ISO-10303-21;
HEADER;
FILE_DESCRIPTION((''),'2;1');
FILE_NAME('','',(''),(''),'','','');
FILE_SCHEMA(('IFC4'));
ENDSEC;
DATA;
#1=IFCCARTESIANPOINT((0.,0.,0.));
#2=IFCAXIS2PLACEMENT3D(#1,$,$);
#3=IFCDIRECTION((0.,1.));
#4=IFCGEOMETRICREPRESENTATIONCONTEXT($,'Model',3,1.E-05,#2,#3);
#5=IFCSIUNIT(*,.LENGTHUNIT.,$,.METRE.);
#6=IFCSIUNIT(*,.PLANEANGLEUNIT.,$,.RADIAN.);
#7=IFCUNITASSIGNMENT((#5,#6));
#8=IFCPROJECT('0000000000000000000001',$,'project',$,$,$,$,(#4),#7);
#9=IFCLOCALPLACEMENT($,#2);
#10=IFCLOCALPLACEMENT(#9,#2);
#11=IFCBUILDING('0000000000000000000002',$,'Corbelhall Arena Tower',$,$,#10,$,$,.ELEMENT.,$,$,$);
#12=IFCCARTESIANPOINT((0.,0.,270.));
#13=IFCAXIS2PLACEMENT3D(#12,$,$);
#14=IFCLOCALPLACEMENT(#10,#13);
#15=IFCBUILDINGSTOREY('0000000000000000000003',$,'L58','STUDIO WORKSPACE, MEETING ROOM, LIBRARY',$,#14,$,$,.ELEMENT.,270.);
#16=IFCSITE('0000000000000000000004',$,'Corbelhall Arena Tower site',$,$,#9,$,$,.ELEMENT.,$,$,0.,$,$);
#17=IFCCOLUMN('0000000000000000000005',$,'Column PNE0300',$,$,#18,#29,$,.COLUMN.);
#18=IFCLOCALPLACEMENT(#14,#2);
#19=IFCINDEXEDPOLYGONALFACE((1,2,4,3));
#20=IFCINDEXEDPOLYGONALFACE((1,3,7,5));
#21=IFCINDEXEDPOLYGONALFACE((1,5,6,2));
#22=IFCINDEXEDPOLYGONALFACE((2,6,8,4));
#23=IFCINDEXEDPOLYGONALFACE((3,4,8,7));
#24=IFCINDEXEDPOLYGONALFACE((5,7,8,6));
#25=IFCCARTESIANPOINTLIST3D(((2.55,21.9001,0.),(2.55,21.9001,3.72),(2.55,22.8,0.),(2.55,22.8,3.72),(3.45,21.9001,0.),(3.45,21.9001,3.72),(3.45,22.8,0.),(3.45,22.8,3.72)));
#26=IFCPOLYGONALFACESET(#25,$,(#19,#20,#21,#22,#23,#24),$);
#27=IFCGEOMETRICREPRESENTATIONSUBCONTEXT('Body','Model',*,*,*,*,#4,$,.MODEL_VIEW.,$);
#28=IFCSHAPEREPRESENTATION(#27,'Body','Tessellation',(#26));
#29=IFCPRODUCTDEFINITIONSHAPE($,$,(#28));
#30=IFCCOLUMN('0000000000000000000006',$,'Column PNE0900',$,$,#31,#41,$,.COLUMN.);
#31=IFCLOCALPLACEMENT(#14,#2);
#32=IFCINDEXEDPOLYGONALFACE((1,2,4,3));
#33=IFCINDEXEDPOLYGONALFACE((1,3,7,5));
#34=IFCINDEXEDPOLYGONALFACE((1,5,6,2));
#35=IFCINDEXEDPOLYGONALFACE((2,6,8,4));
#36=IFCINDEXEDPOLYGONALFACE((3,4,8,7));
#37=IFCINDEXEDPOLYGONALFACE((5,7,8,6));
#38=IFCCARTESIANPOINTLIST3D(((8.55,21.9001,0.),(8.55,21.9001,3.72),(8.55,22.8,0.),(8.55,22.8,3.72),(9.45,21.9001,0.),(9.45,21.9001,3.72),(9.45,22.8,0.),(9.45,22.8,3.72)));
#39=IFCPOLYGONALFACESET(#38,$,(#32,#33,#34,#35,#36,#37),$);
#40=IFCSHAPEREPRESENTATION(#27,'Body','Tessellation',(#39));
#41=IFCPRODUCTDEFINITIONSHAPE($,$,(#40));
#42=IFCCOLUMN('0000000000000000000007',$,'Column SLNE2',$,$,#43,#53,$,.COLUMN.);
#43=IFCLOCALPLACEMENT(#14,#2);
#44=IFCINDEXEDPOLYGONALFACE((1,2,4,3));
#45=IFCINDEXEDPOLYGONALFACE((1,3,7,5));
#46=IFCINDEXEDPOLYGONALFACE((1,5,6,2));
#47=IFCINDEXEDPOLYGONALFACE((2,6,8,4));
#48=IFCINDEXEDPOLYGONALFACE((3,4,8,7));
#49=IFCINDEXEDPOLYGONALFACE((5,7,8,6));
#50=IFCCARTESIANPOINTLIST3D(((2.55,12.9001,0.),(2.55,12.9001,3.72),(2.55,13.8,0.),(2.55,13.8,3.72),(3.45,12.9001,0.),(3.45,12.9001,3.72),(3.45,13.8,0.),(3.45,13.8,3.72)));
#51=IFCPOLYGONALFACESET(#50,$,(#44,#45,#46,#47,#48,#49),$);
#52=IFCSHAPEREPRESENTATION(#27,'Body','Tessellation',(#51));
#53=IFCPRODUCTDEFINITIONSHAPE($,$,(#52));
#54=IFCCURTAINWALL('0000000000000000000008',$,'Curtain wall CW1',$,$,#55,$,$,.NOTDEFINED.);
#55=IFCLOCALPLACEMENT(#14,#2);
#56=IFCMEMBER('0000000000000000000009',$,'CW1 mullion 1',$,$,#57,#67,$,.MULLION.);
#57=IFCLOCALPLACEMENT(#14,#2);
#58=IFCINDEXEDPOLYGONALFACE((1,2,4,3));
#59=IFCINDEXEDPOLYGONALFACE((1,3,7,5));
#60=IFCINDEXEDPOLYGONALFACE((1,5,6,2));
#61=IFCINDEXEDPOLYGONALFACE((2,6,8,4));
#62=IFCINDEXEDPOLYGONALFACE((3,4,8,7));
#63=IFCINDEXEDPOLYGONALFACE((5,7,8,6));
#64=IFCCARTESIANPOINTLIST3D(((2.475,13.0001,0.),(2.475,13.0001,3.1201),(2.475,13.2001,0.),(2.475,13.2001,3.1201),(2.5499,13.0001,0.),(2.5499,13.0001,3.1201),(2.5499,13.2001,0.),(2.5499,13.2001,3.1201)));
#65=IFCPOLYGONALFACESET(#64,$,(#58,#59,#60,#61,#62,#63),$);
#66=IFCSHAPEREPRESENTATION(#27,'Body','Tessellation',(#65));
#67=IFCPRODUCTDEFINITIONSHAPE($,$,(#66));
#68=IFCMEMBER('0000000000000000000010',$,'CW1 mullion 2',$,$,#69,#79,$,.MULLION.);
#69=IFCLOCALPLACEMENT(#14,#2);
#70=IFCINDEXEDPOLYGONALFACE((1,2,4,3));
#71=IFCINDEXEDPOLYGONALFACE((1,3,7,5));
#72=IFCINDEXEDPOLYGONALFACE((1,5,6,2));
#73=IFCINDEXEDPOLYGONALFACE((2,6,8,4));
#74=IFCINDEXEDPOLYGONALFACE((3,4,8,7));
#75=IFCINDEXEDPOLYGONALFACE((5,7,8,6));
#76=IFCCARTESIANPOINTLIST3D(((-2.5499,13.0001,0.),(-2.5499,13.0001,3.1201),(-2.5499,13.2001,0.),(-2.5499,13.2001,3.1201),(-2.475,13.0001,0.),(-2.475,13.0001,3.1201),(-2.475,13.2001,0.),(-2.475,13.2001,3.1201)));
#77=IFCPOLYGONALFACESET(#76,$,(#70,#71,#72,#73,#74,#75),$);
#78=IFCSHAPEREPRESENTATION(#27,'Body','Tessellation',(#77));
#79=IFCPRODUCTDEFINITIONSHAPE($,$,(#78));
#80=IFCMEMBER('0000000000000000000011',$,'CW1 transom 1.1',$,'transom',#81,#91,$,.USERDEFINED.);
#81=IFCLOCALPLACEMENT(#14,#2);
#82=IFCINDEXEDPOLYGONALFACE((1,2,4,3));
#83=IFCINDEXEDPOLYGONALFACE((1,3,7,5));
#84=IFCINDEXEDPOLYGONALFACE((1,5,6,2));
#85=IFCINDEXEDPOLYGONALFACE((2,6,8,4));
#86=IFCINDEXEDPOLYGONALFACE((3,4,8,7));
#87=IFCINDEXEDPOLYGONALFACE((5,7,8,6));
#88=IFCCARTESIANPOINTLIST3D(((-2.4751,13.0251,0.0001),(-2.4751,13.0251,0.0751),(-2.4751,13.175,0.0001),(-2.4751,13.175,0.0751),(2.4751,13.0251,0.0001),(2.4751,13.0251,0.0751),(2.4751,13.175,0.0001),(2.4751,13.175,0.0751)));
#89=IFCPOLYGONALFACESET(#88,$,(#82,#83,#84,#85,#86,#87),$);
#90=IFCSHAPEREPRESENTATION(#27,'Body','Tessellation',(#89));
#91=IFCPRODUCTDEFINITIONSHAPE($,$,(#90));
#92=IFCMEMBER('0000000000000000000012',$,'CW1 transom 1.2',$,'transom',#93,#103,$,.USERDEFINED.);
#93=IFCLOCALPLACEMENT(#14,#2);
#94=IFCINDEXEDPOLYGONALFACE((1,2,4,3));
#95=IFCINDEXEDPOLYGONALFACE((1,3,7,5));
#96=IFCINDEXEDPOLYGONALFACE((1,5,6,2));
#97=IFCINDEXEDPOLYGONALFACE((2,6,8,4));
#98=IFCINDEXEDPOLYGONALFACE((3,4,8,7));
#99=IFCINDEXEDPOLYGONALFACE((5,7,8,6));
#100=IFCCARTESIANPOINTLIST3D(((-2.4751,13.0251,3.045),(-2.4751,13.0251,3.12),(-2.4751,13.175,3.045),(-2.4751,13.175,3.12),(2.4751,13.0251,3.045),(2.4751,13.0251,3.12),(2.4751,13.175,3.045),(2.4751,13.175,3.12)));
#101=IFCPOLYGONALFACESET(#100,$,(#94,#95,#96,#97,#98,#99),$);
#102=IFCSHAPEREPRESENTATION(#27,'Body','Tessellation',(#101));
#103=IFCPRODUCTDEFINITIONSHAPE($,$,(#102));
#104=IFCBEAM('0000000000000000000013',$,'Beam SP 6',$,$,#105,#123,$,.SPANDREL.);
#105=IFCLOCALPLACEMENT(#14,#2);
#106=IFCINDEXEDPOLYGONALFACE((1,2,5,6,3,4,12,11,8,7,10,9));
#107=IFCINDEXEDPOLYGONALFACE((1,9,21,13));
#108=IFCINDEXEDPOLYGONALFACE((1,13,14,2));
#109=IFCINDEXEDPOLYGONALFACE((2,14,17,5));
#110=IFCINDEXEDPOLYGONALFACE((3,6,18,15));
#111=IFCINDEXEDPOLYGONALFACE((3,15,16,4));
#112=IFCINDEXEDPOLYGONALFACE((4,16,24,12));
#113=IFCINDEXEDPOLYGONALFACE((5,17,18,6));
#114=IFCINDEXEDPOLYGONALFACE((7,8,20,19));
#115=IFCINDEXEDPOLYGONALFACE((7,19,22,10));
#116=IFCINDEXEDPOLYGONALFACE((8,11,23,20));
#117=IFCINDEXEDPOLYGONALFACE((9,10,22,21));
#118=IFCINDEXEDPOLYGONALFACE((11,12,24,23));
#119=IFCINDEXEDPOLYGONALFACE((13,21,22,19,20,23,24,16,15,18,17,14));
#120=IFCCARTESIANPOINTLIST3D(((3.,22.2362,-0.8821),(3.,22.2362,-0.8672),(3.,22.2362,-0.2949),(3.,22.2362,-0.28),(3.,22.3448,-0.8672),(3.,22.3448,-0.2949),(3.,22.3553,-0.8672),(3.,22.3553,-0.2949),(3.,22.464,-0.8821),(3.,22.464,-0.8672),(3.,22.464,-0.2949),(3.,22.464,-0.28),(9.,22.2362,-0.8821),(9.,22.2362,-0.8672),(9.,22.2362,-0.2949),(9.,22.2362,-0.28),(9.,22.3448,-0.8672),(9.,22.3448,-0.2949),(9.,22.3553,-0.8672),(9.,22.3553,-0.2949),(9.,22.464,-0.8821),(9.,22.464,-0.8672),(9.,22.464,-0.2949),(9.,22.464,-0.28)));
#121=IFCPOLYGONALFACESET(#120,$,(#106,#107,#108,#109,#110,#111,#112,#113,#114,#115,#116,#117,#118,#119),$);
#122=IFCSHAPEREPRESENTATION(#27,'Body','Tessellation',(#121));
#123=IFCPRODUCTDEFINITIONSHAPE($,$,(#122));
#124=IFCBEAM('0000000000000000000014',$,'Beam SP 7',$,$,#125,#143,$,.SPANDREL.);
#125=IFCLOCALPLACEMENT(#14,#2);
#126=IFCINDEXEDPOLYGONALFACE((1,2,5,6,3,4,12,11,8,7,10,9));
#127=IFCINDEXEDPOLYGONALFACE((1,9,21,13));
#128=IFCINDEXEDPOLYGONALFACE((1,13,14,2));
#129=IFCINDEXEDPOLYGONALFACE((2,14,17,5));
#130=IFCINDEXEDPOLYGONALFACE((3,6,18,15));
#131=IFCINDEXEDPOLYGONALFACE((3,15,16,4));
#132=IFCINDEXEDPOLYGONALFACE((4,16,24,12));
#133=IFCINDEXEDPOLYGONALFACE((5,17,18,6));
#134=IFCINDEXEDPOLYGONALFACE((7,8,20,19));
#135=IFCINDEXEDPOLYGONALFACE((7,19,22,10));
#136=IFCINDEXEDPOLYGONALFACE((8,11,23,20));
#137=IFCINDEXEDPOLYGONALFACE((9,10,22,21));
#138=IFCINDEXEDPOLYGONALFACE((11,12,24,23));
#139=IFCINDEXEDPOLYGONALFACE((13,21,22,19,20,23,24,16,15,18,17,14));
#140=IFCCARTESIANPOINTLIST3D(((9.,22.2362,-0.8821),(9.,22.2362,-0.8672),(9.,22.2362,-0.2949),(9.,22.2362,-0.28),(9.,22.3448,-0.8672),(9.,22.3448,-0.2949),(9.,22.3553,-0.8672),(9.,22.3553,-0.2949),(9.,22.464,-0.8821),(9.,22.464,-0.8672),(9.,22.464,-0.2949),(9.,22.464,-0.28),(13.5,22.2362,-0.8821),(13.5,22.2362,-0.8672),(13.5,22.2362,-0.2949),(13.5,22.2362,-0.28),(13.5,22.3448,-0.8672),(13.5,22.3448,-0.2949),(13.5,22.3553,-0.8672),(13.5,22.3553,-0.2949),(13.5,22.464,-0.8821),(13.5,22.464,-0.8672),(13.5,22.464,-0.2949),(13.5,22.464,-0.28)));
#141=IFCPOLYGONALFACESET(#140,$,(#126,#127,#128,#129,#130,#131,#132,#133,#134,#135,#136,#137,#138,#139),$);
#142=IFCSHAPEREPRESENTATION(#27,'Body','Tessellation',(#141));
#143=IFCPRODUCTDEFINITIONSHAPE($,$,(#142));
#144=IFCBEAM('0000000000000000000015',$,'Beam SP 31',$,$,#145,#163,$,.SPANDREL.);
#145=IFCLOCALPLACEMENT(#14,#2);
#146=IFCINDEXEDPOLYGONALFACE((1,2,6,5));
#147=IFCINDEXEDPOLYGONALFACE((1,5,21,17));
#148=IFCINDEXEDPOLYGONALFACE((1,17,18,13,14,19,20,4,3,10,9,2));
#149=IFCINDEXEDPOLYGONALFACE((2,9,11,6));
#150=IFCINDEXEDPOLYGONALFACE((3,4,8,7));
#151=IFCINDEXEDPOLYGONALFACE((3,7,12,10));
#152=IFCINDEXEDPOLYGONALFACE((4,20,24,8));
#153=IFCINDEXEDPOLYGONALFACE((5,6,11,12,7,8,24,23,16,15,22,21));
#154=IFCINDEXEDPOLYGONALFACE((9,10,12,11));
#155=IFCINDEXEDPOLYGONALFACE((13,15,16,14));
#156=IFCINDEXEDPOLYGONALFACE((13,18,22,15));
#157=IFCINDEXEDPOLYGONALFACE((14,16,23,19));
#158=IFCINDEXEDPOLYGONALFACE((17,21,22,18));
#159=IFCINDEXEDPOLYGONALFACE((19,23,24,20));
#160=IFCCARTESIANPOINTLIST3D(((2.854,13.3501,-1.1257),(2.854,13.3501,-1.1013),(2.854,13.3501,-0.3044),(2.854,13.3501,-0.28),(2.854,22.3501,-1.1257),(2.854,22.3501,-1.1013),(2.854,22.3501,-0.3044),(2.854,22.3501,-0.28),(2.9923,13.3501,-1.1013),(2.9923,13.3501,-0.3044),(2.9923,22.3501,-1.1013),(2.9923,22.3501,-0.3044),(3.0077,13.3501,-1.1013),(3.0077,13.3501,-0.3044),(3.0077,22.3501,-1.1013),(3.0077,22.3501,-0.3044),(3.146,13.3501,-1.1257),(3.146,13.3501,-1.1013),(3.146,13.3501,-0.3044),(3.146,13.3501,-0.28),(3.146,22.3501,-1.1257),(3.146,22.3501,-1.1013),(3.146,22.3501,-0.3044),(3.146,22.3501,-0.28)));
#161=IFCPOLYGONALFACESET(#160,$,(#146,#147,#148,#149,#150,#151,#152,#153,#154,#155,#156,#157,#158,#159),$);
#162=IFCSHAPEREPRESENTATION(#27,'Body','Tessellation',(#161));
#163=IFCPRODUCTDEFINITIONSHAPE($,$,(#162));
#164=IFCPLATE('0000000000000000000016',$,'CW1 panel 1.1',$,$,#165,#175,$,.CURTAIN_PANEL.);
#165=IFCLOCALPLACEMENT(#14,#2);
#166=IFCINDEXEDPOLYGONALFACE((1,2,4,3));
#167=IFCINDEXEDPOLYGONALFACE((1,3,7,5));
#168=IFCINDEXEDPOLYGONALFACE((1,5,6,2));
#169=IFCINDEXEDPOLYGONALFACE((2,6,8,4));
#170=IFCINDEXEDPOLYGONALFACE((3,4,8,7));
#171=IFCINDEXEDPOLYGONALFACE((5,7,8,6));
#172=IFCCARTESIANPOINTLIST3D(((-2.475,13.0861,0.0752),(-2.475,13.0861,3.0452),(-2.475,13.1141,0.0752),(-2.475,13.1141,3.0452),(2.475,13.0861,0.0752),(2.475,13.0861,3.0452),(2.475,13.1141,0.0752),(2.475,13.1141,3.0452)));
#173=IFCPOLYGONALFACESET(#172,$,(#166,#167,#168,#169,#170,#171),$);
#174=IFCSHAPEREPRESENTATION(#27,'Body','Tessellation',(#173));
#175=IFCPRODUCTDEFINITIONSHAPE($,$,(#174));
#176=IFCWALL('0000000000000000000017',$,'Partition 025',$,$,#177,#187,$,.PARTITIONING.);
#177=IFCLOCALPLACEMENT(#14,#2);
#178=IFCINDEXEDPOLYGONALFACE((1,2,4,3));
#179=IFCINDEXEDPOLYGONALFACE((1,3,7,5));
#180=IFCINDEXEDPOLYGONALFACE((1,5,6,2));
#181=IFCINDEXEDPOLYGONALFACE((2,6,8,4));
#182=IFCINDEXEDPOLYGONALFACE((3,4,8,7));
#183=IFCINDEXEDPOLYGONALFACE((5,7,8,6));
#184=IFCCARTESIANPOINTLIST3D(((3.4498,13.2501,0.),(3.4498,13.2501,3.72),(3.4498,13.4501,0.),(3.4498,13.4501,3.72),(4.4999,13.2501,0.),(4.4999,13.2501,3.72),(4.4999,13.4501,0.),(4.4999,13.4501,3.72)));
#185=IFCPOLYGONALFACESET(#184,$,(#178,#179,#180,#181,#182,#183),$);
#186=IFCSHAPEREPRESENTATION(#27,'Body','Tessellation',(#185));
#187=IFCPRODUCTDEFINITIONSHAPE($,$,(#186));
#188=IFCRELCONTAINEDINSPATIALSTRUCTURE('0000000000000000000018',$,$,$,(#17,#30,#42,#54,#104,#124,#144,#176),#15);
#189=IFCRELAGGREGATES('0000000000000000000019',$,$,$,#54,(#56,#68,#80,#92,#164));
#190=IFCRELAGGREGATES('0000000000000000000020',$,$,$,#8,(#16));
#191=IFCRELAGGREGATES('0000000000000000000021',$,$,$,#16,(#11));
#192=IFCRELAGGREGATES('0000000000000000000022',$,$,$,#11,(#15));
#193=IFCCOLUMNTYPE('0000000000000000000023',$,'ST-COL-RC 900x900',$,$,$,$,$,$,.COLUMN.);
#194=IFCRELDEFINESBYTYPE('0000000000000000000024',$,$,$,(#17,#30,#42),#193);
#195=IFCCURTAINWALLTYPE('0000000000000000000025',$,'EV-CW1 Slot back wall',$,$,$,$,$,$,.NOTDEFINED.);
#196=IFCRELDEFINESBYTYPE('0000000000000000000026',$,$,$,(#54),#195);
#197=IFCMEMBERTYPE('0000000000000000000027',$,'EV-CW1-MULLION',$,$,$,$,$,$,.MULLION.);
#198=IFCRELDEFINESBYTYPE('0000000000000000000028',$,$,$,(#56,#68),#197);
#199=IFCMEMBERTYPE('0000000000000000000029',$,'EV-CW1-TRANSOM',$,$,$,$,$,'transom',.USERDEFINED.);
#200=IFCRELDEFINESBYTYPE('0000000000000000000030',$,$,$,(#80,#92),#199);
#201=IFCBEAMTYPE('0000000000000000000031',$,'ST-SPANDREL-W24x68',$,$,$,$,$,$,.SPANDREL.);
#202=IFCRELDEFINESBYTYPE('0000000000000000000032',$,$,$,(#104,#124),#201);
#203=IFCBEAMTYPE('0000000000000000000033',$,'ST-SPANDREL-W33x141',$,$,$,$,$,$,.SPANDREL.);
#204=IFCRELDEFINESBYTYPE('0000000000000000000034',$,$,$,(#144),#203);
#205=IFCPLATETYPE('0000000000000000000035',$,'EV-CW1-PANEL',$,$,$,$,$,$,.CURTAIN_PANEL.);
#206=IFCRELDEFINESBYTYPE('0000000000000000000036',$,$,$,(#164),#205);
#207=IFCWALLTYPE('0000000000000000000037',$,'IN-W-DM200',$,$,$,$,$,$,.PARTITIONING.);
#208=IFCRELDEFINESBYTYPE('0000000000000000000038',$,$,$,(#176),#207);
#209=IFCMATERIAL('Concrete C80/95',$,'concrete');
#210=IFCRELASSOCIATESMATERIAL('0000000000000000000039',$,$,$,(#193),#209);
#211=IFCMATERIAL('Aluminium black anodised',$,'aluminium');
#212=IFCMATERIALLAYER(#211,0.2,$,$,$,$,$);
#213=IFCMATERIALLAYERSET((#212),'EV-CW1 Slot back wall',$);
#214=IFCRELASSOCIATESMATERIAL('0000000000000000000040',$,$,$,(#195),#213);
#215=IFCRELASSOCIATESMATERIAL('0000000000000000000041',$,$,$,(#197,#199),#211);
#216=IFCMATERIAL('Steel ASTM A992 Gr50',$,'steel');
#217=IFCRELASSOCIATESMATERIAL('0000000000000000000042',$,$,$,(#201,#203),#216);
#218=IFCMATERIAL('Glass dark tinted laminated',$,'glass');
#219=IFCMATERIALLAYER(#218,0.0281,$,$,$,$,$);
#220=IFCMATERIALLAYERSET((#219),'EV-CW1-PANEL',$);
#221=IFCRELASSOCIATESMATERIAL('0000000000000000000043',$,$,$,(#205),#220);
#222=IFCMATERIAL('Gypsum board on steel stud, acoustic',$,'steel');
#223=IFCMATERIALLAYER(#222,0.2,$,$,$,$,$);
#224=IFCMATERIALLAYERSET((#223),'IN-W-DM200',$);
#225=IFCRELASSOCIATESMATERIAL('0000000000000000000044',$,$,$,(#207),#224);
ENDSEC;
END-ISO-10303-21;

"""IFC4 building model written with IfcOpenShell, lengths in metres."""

from ifc_helpers import new_model, si_unit, direction, frame, frame_2d, origin, origin_2d, place, context, subcontext, project, spatial, rectangle, i_section, extrude, material, layer, layer_set, material_profile, profile_set, type_object, element, aggregate, save


model = new_model("IFC4")

# Units and contexts
model_context = context("Model", 3, precision=1e-05, world=origin(), true_north=direction((0.0, 1.0)))
body_context = subcontext(model_context, "Body", "Model", "MODEL_VIEW")
ifc_project = project(units=[si_unit("LENGTHUNIT", "METRE"), si_unit("PLANEANGLEUNIT", "RADIAN")], contexts=[model_context])

# Site, building, storey
site_placement = place(None, origin())
site = spatial("IfcSite", under=ifc_project, at=site_placement, Name="Corbelhall Arena Tower site", CompositionType="ELEMENT", RefElevation=0.0)
building_placement = place(site_placement, origin())
building = spatial("IfcBuilding", under=site, at=building_placement, Name="Corbelhall Arena Tower", CompositionType="ELEMENT")
storey_placement = place(building_placement, frame((0.0, 0.0, 270.0)))
storey = spatial("IfcBuildingStorey", under=building, at=storey_placement, Name="L58", Description="STUDIO WORKSPACE, MEETING ROOM, LIBRARY", CompositionType="ELEMENT", Elevation=270.0)

# Columns
ifc_material_1 = material(Name="Concrete C80/95", Category="concrete")
ifc_material_profile_1 = material_profile(ifc_material_1, rectangle(XDim=0.8999, YDim=0.8999, at=origin_2d()))
ifc_profile_set_1 = profile_set([ifc_material_profile_1], Name="Concrete C80/95")
column_type = type_object("IfcColumnType", Name="ST-COL-RC 900x900", PredefinedType="COLUMN", material=ifc_profile_set_1)
for number, where, z_axis, x_axis, name in (
    (1, (3.0, 22.3501, 0.0), (0.0, 0.0, 1.0), (1.0, 0.0, 0.0), "Column PNE0300"),
    (2, (9.0, 22.3501, 0.0), (0.0, 0.0, 1.0), (1.0, 0.0, 0.0), "Column PNE0900"),
    (3, (3.0, 13.3501, 0.0), (0.0, 0.0, 1.0), (1.0, 0.0, 0.0), "Column SLNE2"),
):
    element("IfcColumn", number, at=place(storey_placement, frame(where, z_axis=z_axis, x_axis=x_axis)), inside=storey, type_object=column_type, Name=name, PredefinedType="COLUMN", context=body_context, shape_type="SweptSolid", body=[
        extrude(rectangle(XDim=0.8999, YDim=0.8999, at=origin_2d()), origin(), (0.0, 0.0, 1.0), 3.72),
    ])

# Curtain wall, members
ifc_material_2 = material(Name="Aluminium black anodised", Category="aluminium")
ifc_layer_1 = layer(ifc_material_2, 0.2)
ifc_layer_set_1 = layer_set([ifc_layer_1], Name="EV-CW1 Slot back wall")
curtain_wall_type = type_object("IfcCurtainWallType", Name="EV-CW1 Slot back wall", PredefinedType="NOTDEFINED", material=ifc_layer_set_1)
curtain_wall_placement = place(storey_placement, origin())
curtain_wall = element("IfcCurtainWall", 4, at=curtain_wall_placement, inside=storey, type_object=curtain_wall_type, Name="Curtain wall CW1", PredefinedType="NOTDEFINED")
ifc_material_profile_2 = material_profile(ifc_material_2, rectangle(XDim=0.2, YDim=0.075, at=origin_2d()))
ifc_profile_set_2 = profile_set([ifc_material_profile_2], Name="Aluminium black anodised")
member_type_1 = type_object("IfcMemberType", Name="EV-CW1-MULLION", PredefinedType="MULLION", material=ifc_profile_set_2)
member_1_placement = place(storey_placement, frame((2.5125, 13.1001, 0.0), z_axis=(0.0, 0.0, 1.0), x_axis=(0.0, -1.0, 0.0)))
member_1 = element("IfcMember", 5, at=member_1_placement, type_object=member_type_1, Name="CW1 mullion 1", PredefinedType="MULLION", context=body_context, shape_type="SweptSolid", body=[
    extrude(rectangle(XDim=0.2, YDim=0.075, at=origin_2d()), origin(), (0.0, 0.0, 1.0), 3.1201),
])
member_2_placement = place(storey_placement, frame((-2.5125, 13.1001, 0.0), z_axis=(0.0, 0.0, 1.0), x_axis=(0.0, -1.0, 0.0)))
member_2 = element("IfcMember", 6, at=member_2_placement, type_object=member_type_1, Name="CW1 mullion 2", PredefinedType="MULLION", context=body_context, shape_type="SweptSolid", body=[
    extrude(rectangle(XDim=0.2, YDim=0.075, at=origin_2d()), origin(), (0.0, 0.0, 1.0), 3.1201),
])
ifc_material_profile_3 = material_profile(ifc_material_2, rectangle(XDim=0.1499, YDim=0.075, at=origin_2d()))
ifc_profile_set_3 = profile_set([ifc_material_profile_3], Name="Aluminium black anodised")
member_type_2 = type_object("IfcMemberType", Name="EV-CW1-TRANSOM", ElementType="transom", PredefinedType="USERDEFINED", material=ifc_profile_set_3)
member_3_placement = place(storey_placement, frame((2.4751, 13.1001, 0.0376), z_axis=(-1.0, 0.0, 0.0), x_axis=(0.0, -1.0, 0.0)))
member_3 = element("IfcMember", 7, at=member_3_placement, type_object=member_type_2, Name="CW1 transom 1.1", ObjectType="transom", PredefinedType="USERDEFINED", context=body_context, shape_type="SweptSolid", body=[
    extrude(rectangle(XDim=0.1499, YDim=0.075, at=origin_2d()), origin(), (0.0, 0.0, 1.0), 4.9502),
])
member_4_placement = place(storey_placement, frame((2.4751, 13.1001, 3.0825), z_axis=(-1.0, 0.0, 0.0), x_axis=(0.0, -1.0, 0.0)))
member_4 = element("IfcMember", 8, at=member_4_placement, type_object=member_type_2, Name="CW1 transom 1.2", ObjectType="transom", PredefinedType="USERDEFINED", context=body_context, shape_type="SweptSolid", body=[
    extrude(rectangle(XDim=0.1499, YDim=0.075, at=origin_2d()), origin(), (0.0, 0.0, 1.0), 4.9502),
])

# Beams
ifc_material_3 = material(Name="Steel ASTM A992 Gr50", Category="steel")
ifc_material_profile_4 = material_profile(ifc_material_3, i_section(OverallWidth=0.2278, OverallDepth=0.6021, WebThickness=0.0105, FlangeThickness=0.0149, at=origin_2d()))
ifc_profile_set_4 = profile_set([ifc_material_profile_4], Name="Steel ASTM A992 Gr50")
beam_type_1 = type_object("IfcBeamType", Name="ST-SPANDREL-W24x68", PredefinedType="SPANDREL", material=ifc_profile_set_4)
beam_1_placement = place(storey_placement, frame((3.0, 22.3501, -0.5811), z_axis=(1.0, 0.0, 0.0), x_axis=(0.0, 1.0, 0.0)))
element("IfcBeam", 9, at=beam_1_placement, inside=storey, type_object=beam_type_1, Name="Beam SP 6", PredefinedType="SPANDREL", context=body_context, shape_type="SweptSolid", body=[
    extrude(i_section(OverallWidth=0.2278, OverallDepth=0.6021, WebThickness=0.0105, FlangeThickness=0.0149, at=origin_2d()), origin(), (0.0, 0.0, 1.0), 6.0),
])
beam_2_placement = place(storey_placement, frame((9.0, 22.3501, -0.5811), z_axis=(1.0, 0.0, 0.0), x_axis=(0.0, 1.0, 0.0)))
element("IfcBeam", 10, at=beam_2_placement, inside=storey, type_object=beam_type_1, Name="Beam SP 7", PredefinedType="SPANDREL", context=body_context, shape_type="SweptSolid", body=[
    extrude(i_section(OverallWidth=0.2278, OverallDepth=0.6021, WebThickness=0.0105, FlangeThickness=0.0149, at=origin_2d()), origin(), (0.0, 0.0, 1.0), 4.5),
])
ifc_material_profile_5 = material_profile(ifc_material_3, i_section(OverallWidth=0.292, OverallDepth=0.8457, WebThickness=0.0154, FlangeThickness=0.0244, at=origin_2d()))
ifc_profile_set_5 = profile_set([ifc_material_profile_5], Name="Steel ASTM A992 Gr50")
beam_type_2 = type_object("IfcBeamType", Name="ST-SPANDREL-W33x141", PredefinedType="SPANDREL", material=ifc_profile_set_5)
beam_3_placement = place(storey_placement, frame((3.0, 13.3501, -0.7029), z_axis=(0.0, 1.0, 0.0), x_axis=(-1.0, 0.0, 0.0)))
element("IfcBeam", 11, at=beam_3_placement, inside=storey, type_object=beam_type_2, Name="Beam SP 31", PredefinedType="SPANDREL", context=body_context, shape_type="SweptSolid", body=[
    extrude(i_section(OverallWidth=0.292, OverallDepth=0.8457, WebThickness=0.0154, FlangeThickness=0.0244, at=origin_2d()), origin(), (0.0, 0.0, 1.0), 9.0),
])

# Plate
ifc_material_4 = material(Name="Glass dark tinted laminated", Category="glass")
ifc_layer_2 = layer(ifc_material_4, 0.0281)
ifc_layer_set_2 = layer_set([ifc_layer_2], Name="EV-CW1-PANEL")
plate_type = type_object("IfcPlateType", Name="EV-CW1-PANEL", PredefinedType="CURTAIN_PANEL", material=ifc_layer_set_2)
plate_placement = place(storey_placement, frame((0.0, 13.1001, 0.0752), z_axis=(0.0, 0.0, 1.0), x_axis=(-1.0, 0.0, 0.0)))
plate = element("IfcPlate", 12, at=plate_placement, type_object=plate_type, Name="CW1 panel 1.1", PredefinedType="CURTAIN_PANEL", context=body_context, shape_type="SweptSolid", body=[
    extrude(rectangle(XDim=4.95, YDim=0.0281, at=origin_2d()), origin(), (0.0, 0.0, 1.0), 2.97),
])
aggregate(curtain_wall, [member_1, member_2, member_3, member_4, plate])

# Wall
ifc_material_5 = material(Name="Gypsum board on steel stud, acoustic", Category="steel")
ifc_layer_3 = layer(ifc_material_5, 0.2)
ifc_layer_set_3 = layer_set([ifc_layer_3], Name="IN-W-DM200")
wall_type_1 = type_object("IfcWallType", Name="IN-W-DM200", PredefinedType="PARTITIONING", material=ifc_layer_set_3)
wall_1_placement = place(storey_placement, frame((3.45, 13.3501, 0.0), z_axis=(0.0, 0.0, 1.0), x_axis=(1.0, 0.0, 0.0)))
element("IfcWall", 13, at=wall_1_placement, inside=storey, type_object=wall_type_1, Name="Partition 025", PredefinedType="PARTITIONING", context=body_context, shape_type="SweptSolid", body=[
    extrude(rectangle(XDim=1.05, YDim=0.2, at=frame_2d((0.5249, 0.0))), origin(), (0.0, 0.0, 1.0), 3.72),
])

save(model, "model.ifc")
